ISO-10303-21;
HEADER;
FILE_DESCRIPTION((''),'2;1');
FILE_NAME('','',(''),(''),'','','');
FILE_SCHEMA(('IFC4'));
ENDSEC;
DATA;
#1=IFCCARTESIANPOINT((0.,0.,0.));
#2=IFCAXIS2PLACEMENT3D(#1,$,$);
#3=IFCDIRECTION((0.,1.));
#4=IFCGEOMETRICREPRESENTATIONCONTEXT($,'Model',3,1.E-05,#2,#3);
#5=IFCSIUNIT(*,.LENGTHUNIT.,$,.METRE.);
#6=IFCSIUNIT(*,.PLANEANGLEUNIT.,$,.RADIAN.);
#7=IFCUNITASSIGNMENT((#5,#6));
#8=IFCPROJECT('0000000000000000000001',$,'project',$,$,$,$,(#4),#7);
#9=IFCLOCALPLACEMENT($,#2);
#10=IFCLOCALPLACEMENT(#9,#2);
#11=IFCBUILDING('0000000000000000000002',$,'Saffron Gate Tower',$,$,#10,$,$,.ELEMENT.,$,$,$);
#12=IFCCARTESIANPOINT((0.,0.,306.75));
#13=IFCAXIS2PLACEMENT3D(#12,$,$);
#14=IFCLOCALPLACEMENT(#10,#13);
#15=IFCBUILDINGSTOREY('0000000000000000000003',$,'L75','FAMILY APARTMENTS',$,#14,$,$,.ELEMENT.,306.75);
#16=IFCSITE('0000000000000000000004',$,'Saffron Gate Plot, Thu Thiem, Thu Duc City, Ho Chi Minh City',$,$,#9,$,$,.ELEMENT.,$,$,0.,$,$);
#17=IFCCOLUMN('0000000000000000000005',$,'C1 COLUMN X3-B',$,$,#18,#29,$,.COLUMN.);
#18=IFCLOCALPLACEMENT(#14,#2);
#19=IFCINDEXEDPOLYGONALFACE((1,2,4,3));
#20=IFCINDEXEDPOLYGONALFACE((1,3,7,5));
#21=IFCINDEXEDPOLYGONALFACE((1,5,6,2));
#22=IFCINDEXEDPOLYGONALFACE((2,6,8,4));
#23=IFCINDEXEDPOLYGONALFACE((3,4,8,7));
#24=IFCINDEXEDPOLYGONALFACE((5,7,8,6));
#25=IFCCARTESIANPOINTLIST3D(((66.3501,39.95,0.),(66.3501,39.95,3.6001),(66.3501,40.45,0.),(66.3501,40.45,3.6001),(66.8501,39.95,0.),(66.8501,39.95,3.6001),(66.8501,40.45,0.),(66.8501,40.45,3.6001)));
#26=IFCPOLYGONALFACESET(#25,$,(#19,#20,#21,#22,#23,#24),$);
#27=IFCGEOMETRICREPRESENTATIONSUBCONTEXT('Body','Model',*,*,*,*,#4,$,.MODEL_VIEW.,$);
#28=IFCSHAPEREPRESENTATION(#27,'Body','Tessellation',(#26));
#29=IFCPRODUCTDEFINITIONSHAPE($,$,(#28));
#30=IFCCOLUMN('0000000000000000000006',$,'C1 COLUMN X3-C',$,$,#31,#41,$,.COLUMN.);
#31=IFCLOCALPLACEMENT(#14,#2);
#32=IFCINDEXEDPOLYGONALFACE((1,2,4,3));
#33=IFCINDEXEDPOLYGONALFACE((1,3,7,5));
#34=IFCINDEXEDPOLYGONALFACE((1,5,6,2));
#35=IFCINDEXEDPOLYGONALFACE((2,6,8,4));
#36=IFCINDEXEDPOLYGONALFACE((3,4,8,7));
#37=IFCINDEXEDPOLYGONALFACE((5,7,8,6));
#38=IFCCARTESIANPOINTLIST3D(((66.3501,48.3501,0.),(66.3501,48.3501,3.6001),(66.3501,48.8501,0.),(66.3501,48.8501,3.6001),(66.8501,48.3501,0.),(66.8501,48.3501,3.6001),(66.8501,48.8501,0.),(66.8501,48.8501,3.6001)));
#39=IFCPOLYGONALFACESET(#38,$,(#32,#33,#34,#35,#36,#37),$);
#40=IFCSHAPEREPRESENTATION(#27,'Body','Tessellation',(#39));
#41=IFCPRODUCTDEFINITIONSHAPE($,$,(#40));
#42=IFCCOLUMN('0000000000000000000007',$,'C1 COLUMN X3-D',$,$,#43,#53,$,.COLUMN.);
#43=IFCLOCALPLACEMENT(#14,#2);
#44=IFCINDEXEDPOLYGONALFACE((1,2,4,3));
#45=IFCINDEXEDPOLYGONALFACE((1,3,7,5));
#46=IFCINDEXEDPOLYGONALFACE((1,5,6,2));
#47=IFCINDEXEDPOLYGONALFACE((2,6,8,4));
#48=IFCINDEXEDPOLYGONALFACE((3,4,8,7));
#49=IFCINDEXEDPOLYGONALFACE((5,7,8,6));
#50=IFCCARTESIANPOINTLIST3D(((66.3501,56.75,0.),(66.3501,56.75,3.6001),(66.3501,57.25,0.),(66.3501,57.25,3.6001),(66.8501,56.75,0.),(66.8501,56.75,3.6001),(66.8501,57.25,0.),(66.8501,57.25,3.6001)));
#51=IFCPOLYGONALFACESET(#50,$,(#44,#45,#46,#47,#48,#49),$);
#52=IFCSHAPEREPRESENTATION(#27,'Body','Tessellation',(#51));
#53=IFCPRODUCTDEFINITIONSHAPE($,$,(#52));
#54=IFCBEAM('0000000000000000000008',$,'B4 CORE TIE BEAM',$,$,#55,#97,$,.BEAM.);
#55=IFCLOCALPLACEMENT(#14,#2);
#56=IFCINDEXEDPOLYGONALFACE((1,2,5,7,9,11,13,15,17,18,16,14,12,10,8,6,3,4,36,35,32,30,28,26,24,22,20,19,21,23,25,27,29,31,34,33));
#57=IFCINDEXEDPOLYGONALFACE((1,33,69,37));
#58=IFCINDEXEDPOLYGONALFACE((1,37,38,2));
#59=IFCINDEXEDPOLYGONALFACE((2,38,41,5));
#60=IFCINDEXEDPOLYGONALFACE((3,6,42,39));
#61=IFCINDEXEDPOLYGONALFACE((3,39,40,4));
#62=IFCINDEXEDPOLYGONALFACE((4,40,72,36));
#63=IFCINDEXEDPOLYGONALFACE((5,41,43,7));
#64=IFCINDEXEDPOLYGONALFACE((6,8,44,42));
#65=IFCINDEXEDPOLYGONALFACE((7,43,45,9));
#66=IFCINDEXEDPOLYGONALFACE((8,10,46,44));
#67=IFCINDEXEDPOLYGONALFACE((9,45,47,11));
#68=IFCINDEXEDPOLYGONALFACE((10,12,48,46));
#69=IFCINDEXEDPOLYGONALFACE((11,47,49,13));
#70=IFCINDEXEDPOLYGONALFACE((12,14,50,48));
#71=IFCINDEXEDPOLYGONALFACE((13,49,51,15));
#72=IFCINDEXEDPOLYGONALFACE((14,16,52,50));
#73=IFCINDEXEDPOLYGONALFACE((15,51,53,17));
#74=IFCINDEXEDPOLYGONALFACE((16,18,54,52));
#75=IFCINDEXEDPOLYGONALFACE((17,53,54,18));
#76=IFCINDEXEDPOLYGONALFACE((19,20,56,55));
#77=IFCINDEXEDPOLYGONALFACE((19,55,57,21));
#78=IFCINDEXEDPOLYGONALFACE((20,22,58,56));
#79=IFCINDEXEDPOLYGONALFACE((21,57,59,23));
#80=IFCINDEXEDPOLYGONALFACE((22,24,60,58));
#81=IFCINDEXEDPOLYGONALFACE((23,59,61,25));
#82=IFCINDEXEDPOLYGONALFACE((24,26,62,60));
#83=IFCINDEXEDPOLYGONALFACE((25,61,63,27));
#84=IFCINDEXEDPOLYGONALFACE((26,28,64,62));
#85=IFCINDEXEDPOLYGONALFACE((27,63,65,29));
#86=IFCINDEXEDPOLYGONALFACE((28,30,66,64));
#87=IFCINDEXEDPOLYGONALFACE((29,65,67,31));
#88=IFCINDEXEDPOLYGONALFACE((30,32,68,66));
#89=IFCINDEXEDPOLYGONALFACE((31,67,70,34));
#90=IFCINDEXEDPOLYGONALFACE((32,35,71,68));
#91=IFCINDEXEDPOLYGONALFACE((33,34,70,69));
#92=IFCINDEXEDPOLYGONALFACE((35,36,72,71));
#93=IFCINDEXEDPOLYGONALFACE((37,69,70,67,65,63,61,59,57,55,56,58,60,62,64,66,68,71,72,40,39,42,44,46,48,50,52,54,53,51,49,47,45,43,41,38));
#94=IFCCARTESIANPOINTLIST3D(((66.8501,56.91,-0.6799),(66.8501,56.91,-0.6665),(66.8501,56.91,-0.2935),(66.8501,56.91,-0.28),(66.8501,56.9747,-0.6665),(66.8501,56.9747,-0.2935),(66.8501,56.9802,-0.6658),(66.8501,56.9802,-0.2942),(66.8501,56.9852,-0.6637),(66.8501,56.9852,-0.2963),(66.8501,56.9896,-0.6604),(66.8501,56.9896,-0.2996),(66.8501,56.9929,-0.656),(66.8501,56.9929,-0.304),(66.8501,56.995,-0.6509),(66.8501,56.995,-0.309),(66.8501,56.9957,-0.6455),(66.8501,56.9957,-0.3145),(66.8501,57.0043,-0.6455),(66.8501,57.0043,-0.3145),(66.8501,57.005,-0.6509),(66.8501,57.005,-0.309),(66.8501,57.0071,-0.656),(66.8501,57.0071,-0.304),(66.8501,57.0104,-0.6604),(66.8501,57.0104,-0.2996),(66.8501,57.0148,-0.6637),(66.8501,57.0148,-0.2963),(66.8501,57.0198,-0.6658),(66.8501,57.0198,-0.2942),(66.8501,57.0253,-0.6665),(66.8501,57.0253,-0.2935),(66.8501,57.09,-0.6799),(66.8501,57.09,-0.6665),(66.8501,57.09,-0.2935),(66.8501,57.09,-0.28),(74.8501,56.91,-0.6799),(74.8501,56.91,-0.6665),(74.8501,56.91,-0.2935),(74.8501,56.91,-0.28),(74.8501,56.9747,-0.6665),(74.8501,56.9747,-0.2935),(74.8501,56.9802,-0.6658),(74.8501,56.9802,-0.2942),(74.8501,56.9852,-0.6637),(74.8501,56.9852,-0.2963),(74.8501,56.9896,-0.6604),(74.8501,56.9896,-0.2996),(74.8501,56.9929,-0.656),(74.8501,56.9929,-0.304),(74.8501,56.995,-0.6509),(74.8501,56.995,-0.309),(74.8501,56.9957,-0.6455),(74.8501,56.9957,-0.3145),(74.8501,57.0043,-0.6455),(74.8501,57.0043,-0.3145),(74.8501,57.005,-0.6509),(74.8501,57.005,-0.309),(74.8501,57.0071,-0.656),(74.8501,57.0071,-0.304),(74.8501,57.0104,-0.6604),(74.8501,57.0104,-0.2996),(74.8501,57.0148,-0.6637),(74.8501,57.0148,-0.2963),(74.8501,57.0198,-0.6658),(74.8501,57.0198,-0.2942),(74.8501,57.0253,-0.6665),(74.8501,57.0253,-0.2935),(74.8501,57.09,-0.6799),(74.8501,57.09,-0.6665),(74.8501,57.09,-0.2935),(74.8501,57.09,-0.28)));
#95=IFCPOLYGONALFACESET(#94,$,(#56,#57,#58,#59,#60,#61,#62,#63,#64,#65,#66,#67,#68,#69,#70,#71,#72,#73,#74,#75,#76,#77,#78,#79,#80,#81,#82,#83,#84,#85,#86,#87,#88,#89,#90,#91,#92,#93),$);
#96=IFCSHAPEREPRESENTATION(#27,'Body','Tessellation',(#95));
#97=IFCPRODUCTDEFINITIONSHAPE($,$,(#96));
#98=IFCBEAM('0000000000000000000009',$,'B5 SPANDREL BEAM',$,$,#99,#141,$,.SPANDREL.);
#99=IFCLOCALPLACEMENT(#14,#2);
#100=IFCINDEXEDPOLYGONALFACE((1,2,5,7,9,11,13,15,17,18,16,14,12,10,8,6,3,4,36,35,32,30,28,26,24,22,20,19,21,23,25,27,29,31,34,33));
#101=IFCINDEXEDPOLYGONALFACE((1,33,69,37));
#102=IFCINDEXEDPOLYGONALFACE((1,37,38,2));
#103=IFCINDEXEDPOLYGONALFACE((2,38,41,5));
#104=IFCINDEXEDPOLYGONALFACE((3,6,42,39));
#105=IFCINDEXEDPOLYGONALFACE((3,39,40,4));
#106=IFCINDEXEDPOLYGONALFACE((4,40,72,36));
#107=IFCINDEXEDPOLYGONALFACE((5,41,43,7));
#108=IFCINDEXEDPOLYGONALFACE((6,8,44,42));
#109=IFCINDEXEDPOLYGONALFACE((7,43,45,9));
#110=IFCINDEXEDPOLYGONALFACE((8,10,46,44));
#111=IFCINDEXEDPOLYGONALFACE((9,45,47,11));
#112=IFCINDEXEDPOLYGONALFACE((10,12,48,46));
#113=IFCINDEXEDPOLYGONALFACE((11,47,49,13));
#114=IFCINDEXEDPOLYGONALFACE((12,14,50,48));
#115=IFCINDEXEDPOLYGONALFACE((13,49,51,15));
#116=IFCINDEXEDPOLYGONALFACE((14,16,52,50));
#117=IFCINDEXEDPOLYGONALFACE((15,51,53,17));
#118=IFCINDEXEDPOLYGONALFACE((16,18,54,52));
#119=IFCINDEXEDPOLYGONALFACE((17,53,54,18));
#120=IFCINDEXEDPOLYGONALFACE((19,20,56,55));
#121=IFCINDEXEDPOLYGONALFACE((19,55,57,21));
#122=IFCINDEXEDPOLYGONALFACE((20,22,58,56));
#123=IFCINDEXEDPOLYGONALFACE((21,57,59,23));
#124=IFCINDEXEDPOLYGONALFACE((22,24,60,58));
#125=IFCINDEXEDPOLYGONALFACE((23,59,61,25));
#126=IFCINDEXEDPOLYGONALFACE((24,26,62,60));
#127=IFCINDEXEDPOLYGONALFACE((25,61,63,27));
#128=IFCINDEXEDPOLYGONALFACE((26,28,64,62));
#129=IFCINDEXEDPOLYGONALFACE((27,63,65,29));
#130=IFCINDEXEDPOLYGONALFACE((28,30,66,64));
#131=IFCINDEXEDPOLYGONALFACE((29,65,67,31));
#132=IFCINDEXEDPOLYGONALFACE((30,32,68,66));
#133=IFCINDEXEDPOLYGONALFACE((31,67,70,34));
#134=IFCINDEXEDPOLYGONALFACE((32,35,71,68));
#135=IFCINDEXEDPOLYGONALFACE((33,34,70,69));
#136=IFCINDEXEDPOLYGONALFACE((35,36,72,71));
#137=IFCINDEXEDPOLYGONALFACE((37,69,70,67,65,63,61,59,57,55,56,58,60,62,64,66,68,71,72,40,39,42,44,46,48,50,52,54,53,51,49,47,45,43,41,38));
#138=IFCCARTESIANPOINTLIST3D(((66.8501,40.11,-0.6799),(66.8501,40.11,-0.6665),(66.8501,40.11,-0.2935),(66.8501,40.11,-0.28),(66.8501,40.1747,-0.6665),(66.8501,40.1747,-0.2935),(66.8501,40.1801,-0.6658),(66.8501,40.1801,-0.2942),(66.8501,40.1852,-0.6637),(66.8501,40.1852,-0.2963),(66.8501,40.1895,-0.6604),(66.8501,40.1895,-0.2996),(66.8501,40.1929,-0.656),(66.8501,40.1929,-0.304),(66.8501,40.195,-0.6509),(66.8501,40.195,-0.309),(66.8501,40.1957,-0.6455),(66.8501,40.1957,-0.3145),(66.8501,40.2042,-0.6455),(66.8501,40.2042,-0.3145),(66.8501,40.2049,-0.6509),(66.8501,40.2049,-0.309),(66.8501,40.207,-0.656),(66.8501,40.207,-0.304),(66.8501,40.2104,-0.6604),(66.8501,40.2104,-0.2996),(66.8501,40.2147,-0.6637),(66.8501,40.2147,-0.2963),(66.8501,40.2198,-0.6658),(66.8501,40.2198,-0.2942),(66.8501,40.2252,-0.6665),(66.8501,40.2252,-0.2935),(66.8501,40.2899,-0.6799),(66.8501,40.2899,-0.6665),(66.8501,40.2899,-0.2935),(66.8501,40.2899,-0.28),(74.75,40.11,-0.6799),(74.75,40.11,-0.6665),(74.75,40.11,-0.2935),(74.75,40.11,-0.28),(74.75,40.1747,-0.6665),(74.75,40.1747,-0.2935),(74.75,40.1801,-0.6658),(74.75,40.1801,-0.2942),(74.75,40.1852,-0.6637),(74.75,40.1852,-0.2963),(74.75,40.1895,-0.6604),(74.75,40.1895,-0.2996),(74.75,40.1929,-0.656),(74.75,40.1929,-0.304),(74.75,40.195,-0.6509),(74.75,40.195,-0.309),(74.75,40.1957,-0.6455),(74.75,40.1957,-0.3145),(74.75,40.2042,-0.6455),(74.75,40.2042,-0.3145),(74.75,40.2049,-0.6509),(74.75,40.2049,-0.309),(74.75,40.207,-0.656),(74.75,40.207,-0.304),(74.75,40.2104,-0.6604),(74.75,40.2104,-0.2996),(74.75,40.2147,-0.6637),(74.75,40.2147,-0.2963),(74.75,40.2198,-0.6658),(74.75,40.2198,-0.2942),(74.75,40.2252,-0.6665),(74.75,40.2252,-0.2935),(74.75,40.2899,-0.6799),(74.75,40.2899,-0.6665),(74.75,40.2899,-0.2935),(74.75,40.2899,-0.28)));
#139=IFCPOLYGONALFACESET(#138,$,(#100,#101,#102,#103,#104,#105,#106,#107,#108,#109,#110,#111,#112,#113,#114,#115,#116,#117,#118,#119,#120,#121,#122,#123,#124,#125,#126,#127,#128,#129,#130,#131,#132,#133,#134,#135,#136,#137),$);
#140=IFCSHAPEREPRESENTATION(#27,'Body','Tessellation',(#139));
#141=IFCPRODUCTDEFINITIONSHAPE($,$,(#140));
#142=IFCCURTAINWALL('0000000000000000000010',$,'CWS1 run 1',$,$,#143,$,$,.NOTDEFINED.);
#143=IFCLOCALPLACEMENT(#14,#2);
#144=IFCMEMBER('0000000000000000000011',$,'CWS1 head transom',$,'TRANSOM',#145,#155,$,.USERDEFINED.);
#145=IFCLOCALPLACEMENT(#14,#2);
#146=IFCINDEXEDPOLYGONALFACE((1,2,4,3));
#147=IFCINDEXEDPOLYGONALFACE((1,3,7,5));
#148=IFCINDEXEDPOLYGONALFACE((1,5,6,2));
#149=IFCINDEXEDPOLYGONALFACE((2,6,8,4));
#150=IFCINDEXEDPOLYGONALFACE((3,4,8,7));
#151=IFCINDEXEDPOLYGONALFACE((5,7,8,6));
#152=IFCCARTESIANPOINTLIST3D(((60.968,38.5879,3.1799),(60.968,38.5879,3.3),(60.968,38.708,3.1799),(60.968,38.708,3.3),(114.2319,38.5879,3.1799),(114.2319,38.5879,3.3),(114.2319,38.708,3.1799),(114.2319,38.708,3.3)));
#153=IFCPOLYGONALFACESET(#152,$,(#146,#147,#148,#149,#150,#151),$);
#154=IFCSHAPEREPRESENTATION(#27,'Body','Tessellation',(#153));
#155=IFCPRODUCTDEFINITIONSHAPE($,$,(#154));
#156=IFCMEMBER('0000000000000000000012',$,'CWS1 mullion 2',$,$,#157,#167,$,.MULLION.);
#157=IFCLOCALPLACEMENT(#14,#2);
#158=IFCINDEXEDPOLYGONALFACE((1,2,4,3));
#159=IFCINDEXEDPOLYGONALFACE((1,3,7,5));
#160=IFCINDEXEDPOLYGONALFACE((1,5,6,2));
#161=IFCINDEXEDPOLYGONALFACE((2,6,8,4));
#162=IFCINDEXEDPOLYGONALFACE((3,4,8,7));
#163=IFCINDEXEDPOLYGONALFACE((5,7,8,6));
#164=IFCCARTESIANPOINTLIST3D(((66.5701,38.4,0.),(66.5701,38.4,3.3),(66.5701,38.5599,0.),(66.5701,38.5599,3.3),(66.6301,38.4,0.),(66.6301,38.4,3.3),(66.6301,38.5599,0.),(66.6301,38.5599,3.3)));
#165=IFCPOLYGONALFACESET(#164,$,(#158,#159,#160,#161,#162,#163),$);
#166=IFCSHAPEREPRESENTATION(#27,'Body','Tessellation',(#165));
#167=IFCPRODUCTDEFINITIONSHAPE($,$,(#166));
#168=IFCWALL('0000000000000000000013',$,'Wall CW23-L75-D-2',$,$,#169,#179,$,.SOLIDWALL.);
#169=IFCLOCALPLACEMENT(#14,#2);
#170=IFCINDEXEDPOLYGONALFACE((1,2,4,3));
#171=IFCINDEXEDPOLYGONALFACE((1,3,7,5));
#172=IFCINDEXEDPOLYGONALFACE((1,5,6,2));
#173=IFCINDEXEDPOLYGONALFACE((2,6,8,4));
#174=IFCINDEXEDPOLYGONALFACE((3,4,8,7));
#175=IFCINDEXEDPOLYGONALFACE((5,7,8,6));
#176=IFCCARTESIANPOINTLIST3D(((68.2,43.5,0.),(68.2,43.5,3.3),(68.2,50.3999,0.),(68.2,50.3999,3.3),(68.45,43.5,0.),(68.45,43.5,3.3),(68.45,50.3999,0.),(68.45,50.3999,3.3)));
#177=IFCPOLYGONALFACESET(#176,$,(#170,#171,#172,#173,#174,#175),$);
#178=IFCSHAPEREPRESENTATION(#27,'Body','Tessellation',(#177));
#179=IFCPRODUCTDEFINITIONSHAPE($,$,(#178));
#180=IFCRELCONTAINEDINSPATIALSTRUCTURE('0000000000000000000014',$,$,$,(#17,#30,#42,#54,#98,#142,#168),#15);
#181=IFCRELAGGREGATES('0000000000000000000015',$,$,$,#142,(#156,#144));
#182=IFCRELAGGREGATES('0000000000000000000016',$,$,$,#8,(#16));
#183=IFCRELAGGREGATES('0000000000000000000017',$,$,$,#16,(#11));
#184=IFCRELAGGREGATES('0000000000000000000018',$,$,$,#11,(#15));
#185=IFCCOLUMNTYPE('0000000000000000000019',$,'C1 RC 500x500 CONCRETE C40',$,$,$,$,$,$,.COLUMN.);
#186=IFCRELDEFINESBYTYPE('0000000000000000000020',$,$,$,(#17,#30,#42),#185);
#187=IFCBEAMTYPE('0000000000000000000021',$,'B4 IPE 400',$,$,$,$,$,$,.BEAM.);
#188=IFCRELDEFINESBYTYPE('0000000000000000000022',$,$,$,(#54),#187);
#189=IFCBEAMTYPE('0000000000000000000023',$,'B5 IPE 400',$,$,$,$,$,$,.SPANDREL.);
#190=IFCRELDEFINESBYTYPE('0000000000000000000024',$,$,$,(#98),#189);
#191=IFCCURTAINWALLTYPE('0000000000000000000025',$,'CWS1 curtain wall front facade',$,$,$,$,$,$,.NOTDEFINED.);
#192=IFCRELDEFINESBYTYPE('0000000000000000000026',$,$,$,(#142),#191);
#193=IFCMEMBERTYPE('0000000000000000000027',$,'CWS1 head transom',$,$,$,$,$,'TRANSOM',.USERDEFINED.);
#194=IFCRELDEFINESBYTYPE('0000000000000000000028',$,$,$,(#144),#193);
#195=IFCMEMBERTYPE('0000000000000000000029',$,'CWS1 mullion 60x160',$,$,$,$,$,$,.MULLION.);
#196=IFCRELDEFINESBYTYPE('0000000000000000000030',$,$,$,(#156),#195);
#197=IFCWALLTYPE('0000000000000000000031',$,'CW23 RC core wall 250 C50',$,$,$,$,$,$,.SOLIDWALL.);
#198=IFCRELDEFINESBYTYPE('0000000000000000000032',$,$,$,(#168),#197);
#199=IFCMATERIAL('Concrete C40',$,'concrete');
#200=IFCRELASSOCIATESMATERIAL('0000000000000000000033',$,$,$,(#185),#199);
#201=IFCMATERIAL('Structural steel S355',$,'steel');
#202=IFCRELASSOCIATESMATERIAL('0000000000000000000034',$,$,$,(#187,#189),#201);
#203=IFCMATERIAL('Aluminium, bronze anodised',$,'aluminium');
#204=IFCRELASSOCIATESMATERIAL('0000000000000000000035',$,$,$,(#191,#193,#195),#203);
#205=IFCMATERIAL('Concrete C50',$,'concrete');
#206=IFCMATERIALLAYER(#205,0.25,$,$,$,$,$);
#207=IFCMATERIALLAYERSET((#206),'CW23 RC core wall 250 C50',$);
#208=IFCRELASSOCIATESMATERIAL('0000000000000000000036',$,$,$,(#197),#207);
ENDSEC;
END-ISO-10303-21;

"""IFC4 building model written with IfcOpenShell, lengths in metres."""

from ifc_helpers import new_model, si_unit, direction, frame, frame_2d, origin, origin_2d, place, context, subcontext, project, spatial, rectangle, i_section, extrude, material, layer, layer_set, material_profile, profile_set, type_object, element, aggregate, save


model = new_model("IFC4")

# Units and contexts
model_context = context("Model", 3, precision=1e-05, world=origin(), true_north=direction((0.0, 1.0)))
body_context = subcontext(model_context, "Body", "Model", "MODEL_VIEW")
ifc_project = project(units=[si_unit("LENGTHUNIT", "METRE"), si_unit("PLANEANGLEUNIT", "RADIAN")], contexts=[model_context])

# Site, building, storey
site_placement = place(None, origin())
site = spatial("IfcSite", under=ifc_project, at=site_placement, Name="Saffron Gate Plot, Thu Thiem, Thu Duc City, Ho Chi Minh City", CompositionType="ELEMENT", RefElevation=0.0)
building_placement = place(site_placement, origin())
building = spatial("IfcBuilding", under=site, at=building_placement, Name="Saffron Gate Tower", CompositionType="ELEMENT")
storey_placement = place(building_placement, frame((0.0, 0.0, 306.75)))
storey = spatial("IfcBuildingStorey", under=building, at=storey_placement, Name="L75", Description="FAMILY APARTMENTS", CompositionType="ELEMENT", Elevation=306.75)

# Columns
ifc_material_1 = material(Name="Concrete C40", Category="concrete")
ifc_material_profile_1 = material_profile(ifc_material_1, rectangle(XDim=0.5, YDim=0.5, at=origin_2d()))
ifc_profile_set_1 = profile_set([ifc_material_profile_1], Name="Concrete C40")
column_type = type_object("IfcColumnType", Name="C1 RC 500x500 CONCRETE C40", PredefinedType="COLUMN", material=ifc_profile_set_1)
for number, where, z_axis, x_axis, name in (
    (1, (66.6001, 40.2, 0.0), (0.0, 0.0, 1.0), (1.0, 0.0, 0.0), "C1 COLUMN X3-B"),
    (2, (66.6001, 48.6001, 0.0), (0.0, 0.0, 1.0), (1.0, 0.0, 0.0), "C1 COLUMN X3-C"),
    (3, (66.6001, 57.0, 0.0), (0.0, 0.0, 1.0), (1.0, 0.0, 0.0), "C1 COLUMN X3-D"),
):
    element("IfcColumn", number, at=place(storey_placement, frame(where, z_axis=z_axis, x_axis=x_axis)), inside=storey, type_object=column_type, Name=name, PredefinedType="COLUMN", context=body_context, shape_type="SweptSolid", body=[
        extrude(rectangle(XDim=0.5, YDim=0.5, at=origin_2d()), origin(), (0.0, 0.0, 1.0), 3.6001),
    ])

# Beams
ifc_material_2 = material(Name="Structural steel S355", Category="steel")
ifc_material_profile_2 = material_profile(ifc_material_2, i_section(OverallWidth=0.1799, OverallDepth=0.3999, WebThickness=0.0085, FlangeThickness=0.0134, FilletRadius=0.021, at=origin_2d()))
ifc_profile_set_2 = profile_set([ifc_material_profile_2], Name="Structural steel S355")
beam_type_1 = type_object("IfcBeamType", Name="B4 IPE 400", PredefinedType="BEAM", material=ifc_profile_set_2)
beam_1_placement = place(storey_placement, frame((66.8501, 57.0, -0.48), z_axis=(1.0, 0.0, 0.0), x_axis=(0.0, 1.0, 0.0)))
element("IfcBeam", 4, at=beam_1_placement, inside=storey, type_object=beam_type_1, Name="B4 CORE TIE BEAM", PredefinedType="BEAM", context=body_context, shape_type="SweptSolid", body=[
    extrude(i_section(OverallWidth=0.1799, OverallDepth=0.3999, WebThickness=0.0085, FlangeThickness=0.0134, FilletRadius=0.021, at=origin_2d()), origin(), (0.0, 0.0, 1.0), 8.0),
])
ifc_material_profile_3 = material_profile(ifc_material_2, i_section(OverallWidth=0.1799, OverallDepth=0.3999, WebThickness=0.0085, FlangeThickness=0.0134, FilletRadius=0.021, at=origin_2d()))
ifc_profile_set_3 = profile_set([ifc_material_profile_3], Name="Structural steel S355")
beam_type_2 = type_object("IfcBeamType", Name="B5 IPE 400", PredefinedType="SPANDREL", material=ifc_profile_set_3)
beam_2_placement = place(storey_placement, frame((66.8501, 40.2, -0.48), z_axis=(1.0, 0.0, 0.0), x_axis=(0.0, 1.0, 0.0)))
element("IfcBeam", 5, at=beam_2_placement, inside=storey, type_object=beam_type_2, Name="B5 SPANDREL BEAM", PredefinedType="SPANDREL", context=body_context, shape_type="SweptSolid", body=[
    extrude(i_section(OverallWidth=0.1799, OverallDepth=0.3999, WebThickness=0.0085, FlangeThickness=0.0134, FilletRadius=0.021, at=origin_2d()), origin(), (0.0, 0.0, 1.0), 7.8999),
])

# Curtain wall, members
ifc_material_3 = material(Name="Aluminium, bronze anodised", Category="aluminium")
curtain_wall_type = type_object("IfcCurtainWallType", Name="CWS1 curtain wall front facade", PredefinedType="NOTDEFINED", material=ifc_material_3)
curtain_wall_placement = place(storey_placement, origin())
curtain_wall = element("IfcCurtainWall", 6, at=curtain_wall_placement, inside=storey, type_object=curtain_wall_type, Name="CWS1 run 1", PredefinedType="NOTDEFINED")
ifc_material_profile_4 = material_profile(ifc_material_3, rectangle(XDim=0.1201, YDim=0.1201, at=origin_2d()))
ifc_profile_set_4 = profile_set([ifc_material_profile_4], Name="Aluminium, bronze anodised")
member_type_1 = type_object("IfcMemberType", Name="CWS1 head transom", ElementType="TRANSOM", PredefinedType="USERDEFINED", material=ifc_profile_set_4)
member_1_placement = place(storey_placement, frame((60.968, 38.6479, 3.24), z_axis=(1.0, 0.0, 0.0), x_axis=(0.0, 1.0, 0.0)))
member_1 = element("IfcMember", 7, at=member_1_placement, type_object=member_type_1, Name="CWS1 head transom", ObjectType="TRANSOM", PredefinedType="USERDEFINED", context=body_context, shape_type="SweptSolid", body=[
    extrude(rectangle(XDim=0.1201, YDim=0.1201, at=origin_2d()), origin(), (0.0, 0.0, 1.0), 53.2639),
])
ifc_material_profile_5 = material_profile(ifc_material_3, rectangle(XDim=0.1599, YDim=0.0601, at=origin_2d()))
ifc_profile_set_5 = profile_set([ifc_material_profile_5], Name="Aluminium, bronze anodised")
member_type_2 = type_object("IfcMemberType", Name="CWS1 mullion 60x160", PredefinedType="MULLION", material=ifc_profile_set_5)
member_2_placement = place(storey_placement, frame((66.6001, 38.48, 0.0), z_axis=(0.0, 0.0, 1.0), x_axis=(0.0, 1.0, 0.0)))
member_2 = element("IfcMember", 8, at=member_2_placement, type_object=member_type_2, Name="CWS1 mullion 2", PredefinedType="MULLION", context=body_context, shape_type="SweptSolid", body=[
    extrude(rectangle(XDim=0.1599, YDim=0.0601, at=origin_2d()), origin(), (0.0, 0.0, 1.0), 3.3),
])
aggregate(curtain_wall, [member_2, member_1])

# Wall
ifc_material_4 = material(Name="Concrete C50", Category="concrete")
ifc_layer_1 = layer(ifc_material_4, 0.25)
ifc_layer_set_1 = layer_set([ifc_layer_1], Name="CW23 RC core wall 250 C50")
wall_type_1 = type_object("IfcWallType", Name="CW23 RC core wall 250 C50", PredefinedType="SOLIDWALL", material=ifc_layer_set_1)
wall_1_placement = place(storey_placement, frame((68.325, 43.5, 0.0), z_axis=(0.0, 0.0, 1.0), x_axis=(0.0, 1.0, 0.0)))
element("IfcWall", 9, at=wall_1_placement, inside=storey, type_object=wall_type_1, Name="Wall CW23-L75-D-2", PredefinedType="SOLIDWALL", context=body_context, shape_type="SweptSolid", body=[
    extrude(rectangle(XDim=6.8999, YDim=0.25, at=frame_2d((3.45, 0.0))), origin(), (0.0, 0.0, 1.0), 3.3),
])

save(model, "model.ifc")
